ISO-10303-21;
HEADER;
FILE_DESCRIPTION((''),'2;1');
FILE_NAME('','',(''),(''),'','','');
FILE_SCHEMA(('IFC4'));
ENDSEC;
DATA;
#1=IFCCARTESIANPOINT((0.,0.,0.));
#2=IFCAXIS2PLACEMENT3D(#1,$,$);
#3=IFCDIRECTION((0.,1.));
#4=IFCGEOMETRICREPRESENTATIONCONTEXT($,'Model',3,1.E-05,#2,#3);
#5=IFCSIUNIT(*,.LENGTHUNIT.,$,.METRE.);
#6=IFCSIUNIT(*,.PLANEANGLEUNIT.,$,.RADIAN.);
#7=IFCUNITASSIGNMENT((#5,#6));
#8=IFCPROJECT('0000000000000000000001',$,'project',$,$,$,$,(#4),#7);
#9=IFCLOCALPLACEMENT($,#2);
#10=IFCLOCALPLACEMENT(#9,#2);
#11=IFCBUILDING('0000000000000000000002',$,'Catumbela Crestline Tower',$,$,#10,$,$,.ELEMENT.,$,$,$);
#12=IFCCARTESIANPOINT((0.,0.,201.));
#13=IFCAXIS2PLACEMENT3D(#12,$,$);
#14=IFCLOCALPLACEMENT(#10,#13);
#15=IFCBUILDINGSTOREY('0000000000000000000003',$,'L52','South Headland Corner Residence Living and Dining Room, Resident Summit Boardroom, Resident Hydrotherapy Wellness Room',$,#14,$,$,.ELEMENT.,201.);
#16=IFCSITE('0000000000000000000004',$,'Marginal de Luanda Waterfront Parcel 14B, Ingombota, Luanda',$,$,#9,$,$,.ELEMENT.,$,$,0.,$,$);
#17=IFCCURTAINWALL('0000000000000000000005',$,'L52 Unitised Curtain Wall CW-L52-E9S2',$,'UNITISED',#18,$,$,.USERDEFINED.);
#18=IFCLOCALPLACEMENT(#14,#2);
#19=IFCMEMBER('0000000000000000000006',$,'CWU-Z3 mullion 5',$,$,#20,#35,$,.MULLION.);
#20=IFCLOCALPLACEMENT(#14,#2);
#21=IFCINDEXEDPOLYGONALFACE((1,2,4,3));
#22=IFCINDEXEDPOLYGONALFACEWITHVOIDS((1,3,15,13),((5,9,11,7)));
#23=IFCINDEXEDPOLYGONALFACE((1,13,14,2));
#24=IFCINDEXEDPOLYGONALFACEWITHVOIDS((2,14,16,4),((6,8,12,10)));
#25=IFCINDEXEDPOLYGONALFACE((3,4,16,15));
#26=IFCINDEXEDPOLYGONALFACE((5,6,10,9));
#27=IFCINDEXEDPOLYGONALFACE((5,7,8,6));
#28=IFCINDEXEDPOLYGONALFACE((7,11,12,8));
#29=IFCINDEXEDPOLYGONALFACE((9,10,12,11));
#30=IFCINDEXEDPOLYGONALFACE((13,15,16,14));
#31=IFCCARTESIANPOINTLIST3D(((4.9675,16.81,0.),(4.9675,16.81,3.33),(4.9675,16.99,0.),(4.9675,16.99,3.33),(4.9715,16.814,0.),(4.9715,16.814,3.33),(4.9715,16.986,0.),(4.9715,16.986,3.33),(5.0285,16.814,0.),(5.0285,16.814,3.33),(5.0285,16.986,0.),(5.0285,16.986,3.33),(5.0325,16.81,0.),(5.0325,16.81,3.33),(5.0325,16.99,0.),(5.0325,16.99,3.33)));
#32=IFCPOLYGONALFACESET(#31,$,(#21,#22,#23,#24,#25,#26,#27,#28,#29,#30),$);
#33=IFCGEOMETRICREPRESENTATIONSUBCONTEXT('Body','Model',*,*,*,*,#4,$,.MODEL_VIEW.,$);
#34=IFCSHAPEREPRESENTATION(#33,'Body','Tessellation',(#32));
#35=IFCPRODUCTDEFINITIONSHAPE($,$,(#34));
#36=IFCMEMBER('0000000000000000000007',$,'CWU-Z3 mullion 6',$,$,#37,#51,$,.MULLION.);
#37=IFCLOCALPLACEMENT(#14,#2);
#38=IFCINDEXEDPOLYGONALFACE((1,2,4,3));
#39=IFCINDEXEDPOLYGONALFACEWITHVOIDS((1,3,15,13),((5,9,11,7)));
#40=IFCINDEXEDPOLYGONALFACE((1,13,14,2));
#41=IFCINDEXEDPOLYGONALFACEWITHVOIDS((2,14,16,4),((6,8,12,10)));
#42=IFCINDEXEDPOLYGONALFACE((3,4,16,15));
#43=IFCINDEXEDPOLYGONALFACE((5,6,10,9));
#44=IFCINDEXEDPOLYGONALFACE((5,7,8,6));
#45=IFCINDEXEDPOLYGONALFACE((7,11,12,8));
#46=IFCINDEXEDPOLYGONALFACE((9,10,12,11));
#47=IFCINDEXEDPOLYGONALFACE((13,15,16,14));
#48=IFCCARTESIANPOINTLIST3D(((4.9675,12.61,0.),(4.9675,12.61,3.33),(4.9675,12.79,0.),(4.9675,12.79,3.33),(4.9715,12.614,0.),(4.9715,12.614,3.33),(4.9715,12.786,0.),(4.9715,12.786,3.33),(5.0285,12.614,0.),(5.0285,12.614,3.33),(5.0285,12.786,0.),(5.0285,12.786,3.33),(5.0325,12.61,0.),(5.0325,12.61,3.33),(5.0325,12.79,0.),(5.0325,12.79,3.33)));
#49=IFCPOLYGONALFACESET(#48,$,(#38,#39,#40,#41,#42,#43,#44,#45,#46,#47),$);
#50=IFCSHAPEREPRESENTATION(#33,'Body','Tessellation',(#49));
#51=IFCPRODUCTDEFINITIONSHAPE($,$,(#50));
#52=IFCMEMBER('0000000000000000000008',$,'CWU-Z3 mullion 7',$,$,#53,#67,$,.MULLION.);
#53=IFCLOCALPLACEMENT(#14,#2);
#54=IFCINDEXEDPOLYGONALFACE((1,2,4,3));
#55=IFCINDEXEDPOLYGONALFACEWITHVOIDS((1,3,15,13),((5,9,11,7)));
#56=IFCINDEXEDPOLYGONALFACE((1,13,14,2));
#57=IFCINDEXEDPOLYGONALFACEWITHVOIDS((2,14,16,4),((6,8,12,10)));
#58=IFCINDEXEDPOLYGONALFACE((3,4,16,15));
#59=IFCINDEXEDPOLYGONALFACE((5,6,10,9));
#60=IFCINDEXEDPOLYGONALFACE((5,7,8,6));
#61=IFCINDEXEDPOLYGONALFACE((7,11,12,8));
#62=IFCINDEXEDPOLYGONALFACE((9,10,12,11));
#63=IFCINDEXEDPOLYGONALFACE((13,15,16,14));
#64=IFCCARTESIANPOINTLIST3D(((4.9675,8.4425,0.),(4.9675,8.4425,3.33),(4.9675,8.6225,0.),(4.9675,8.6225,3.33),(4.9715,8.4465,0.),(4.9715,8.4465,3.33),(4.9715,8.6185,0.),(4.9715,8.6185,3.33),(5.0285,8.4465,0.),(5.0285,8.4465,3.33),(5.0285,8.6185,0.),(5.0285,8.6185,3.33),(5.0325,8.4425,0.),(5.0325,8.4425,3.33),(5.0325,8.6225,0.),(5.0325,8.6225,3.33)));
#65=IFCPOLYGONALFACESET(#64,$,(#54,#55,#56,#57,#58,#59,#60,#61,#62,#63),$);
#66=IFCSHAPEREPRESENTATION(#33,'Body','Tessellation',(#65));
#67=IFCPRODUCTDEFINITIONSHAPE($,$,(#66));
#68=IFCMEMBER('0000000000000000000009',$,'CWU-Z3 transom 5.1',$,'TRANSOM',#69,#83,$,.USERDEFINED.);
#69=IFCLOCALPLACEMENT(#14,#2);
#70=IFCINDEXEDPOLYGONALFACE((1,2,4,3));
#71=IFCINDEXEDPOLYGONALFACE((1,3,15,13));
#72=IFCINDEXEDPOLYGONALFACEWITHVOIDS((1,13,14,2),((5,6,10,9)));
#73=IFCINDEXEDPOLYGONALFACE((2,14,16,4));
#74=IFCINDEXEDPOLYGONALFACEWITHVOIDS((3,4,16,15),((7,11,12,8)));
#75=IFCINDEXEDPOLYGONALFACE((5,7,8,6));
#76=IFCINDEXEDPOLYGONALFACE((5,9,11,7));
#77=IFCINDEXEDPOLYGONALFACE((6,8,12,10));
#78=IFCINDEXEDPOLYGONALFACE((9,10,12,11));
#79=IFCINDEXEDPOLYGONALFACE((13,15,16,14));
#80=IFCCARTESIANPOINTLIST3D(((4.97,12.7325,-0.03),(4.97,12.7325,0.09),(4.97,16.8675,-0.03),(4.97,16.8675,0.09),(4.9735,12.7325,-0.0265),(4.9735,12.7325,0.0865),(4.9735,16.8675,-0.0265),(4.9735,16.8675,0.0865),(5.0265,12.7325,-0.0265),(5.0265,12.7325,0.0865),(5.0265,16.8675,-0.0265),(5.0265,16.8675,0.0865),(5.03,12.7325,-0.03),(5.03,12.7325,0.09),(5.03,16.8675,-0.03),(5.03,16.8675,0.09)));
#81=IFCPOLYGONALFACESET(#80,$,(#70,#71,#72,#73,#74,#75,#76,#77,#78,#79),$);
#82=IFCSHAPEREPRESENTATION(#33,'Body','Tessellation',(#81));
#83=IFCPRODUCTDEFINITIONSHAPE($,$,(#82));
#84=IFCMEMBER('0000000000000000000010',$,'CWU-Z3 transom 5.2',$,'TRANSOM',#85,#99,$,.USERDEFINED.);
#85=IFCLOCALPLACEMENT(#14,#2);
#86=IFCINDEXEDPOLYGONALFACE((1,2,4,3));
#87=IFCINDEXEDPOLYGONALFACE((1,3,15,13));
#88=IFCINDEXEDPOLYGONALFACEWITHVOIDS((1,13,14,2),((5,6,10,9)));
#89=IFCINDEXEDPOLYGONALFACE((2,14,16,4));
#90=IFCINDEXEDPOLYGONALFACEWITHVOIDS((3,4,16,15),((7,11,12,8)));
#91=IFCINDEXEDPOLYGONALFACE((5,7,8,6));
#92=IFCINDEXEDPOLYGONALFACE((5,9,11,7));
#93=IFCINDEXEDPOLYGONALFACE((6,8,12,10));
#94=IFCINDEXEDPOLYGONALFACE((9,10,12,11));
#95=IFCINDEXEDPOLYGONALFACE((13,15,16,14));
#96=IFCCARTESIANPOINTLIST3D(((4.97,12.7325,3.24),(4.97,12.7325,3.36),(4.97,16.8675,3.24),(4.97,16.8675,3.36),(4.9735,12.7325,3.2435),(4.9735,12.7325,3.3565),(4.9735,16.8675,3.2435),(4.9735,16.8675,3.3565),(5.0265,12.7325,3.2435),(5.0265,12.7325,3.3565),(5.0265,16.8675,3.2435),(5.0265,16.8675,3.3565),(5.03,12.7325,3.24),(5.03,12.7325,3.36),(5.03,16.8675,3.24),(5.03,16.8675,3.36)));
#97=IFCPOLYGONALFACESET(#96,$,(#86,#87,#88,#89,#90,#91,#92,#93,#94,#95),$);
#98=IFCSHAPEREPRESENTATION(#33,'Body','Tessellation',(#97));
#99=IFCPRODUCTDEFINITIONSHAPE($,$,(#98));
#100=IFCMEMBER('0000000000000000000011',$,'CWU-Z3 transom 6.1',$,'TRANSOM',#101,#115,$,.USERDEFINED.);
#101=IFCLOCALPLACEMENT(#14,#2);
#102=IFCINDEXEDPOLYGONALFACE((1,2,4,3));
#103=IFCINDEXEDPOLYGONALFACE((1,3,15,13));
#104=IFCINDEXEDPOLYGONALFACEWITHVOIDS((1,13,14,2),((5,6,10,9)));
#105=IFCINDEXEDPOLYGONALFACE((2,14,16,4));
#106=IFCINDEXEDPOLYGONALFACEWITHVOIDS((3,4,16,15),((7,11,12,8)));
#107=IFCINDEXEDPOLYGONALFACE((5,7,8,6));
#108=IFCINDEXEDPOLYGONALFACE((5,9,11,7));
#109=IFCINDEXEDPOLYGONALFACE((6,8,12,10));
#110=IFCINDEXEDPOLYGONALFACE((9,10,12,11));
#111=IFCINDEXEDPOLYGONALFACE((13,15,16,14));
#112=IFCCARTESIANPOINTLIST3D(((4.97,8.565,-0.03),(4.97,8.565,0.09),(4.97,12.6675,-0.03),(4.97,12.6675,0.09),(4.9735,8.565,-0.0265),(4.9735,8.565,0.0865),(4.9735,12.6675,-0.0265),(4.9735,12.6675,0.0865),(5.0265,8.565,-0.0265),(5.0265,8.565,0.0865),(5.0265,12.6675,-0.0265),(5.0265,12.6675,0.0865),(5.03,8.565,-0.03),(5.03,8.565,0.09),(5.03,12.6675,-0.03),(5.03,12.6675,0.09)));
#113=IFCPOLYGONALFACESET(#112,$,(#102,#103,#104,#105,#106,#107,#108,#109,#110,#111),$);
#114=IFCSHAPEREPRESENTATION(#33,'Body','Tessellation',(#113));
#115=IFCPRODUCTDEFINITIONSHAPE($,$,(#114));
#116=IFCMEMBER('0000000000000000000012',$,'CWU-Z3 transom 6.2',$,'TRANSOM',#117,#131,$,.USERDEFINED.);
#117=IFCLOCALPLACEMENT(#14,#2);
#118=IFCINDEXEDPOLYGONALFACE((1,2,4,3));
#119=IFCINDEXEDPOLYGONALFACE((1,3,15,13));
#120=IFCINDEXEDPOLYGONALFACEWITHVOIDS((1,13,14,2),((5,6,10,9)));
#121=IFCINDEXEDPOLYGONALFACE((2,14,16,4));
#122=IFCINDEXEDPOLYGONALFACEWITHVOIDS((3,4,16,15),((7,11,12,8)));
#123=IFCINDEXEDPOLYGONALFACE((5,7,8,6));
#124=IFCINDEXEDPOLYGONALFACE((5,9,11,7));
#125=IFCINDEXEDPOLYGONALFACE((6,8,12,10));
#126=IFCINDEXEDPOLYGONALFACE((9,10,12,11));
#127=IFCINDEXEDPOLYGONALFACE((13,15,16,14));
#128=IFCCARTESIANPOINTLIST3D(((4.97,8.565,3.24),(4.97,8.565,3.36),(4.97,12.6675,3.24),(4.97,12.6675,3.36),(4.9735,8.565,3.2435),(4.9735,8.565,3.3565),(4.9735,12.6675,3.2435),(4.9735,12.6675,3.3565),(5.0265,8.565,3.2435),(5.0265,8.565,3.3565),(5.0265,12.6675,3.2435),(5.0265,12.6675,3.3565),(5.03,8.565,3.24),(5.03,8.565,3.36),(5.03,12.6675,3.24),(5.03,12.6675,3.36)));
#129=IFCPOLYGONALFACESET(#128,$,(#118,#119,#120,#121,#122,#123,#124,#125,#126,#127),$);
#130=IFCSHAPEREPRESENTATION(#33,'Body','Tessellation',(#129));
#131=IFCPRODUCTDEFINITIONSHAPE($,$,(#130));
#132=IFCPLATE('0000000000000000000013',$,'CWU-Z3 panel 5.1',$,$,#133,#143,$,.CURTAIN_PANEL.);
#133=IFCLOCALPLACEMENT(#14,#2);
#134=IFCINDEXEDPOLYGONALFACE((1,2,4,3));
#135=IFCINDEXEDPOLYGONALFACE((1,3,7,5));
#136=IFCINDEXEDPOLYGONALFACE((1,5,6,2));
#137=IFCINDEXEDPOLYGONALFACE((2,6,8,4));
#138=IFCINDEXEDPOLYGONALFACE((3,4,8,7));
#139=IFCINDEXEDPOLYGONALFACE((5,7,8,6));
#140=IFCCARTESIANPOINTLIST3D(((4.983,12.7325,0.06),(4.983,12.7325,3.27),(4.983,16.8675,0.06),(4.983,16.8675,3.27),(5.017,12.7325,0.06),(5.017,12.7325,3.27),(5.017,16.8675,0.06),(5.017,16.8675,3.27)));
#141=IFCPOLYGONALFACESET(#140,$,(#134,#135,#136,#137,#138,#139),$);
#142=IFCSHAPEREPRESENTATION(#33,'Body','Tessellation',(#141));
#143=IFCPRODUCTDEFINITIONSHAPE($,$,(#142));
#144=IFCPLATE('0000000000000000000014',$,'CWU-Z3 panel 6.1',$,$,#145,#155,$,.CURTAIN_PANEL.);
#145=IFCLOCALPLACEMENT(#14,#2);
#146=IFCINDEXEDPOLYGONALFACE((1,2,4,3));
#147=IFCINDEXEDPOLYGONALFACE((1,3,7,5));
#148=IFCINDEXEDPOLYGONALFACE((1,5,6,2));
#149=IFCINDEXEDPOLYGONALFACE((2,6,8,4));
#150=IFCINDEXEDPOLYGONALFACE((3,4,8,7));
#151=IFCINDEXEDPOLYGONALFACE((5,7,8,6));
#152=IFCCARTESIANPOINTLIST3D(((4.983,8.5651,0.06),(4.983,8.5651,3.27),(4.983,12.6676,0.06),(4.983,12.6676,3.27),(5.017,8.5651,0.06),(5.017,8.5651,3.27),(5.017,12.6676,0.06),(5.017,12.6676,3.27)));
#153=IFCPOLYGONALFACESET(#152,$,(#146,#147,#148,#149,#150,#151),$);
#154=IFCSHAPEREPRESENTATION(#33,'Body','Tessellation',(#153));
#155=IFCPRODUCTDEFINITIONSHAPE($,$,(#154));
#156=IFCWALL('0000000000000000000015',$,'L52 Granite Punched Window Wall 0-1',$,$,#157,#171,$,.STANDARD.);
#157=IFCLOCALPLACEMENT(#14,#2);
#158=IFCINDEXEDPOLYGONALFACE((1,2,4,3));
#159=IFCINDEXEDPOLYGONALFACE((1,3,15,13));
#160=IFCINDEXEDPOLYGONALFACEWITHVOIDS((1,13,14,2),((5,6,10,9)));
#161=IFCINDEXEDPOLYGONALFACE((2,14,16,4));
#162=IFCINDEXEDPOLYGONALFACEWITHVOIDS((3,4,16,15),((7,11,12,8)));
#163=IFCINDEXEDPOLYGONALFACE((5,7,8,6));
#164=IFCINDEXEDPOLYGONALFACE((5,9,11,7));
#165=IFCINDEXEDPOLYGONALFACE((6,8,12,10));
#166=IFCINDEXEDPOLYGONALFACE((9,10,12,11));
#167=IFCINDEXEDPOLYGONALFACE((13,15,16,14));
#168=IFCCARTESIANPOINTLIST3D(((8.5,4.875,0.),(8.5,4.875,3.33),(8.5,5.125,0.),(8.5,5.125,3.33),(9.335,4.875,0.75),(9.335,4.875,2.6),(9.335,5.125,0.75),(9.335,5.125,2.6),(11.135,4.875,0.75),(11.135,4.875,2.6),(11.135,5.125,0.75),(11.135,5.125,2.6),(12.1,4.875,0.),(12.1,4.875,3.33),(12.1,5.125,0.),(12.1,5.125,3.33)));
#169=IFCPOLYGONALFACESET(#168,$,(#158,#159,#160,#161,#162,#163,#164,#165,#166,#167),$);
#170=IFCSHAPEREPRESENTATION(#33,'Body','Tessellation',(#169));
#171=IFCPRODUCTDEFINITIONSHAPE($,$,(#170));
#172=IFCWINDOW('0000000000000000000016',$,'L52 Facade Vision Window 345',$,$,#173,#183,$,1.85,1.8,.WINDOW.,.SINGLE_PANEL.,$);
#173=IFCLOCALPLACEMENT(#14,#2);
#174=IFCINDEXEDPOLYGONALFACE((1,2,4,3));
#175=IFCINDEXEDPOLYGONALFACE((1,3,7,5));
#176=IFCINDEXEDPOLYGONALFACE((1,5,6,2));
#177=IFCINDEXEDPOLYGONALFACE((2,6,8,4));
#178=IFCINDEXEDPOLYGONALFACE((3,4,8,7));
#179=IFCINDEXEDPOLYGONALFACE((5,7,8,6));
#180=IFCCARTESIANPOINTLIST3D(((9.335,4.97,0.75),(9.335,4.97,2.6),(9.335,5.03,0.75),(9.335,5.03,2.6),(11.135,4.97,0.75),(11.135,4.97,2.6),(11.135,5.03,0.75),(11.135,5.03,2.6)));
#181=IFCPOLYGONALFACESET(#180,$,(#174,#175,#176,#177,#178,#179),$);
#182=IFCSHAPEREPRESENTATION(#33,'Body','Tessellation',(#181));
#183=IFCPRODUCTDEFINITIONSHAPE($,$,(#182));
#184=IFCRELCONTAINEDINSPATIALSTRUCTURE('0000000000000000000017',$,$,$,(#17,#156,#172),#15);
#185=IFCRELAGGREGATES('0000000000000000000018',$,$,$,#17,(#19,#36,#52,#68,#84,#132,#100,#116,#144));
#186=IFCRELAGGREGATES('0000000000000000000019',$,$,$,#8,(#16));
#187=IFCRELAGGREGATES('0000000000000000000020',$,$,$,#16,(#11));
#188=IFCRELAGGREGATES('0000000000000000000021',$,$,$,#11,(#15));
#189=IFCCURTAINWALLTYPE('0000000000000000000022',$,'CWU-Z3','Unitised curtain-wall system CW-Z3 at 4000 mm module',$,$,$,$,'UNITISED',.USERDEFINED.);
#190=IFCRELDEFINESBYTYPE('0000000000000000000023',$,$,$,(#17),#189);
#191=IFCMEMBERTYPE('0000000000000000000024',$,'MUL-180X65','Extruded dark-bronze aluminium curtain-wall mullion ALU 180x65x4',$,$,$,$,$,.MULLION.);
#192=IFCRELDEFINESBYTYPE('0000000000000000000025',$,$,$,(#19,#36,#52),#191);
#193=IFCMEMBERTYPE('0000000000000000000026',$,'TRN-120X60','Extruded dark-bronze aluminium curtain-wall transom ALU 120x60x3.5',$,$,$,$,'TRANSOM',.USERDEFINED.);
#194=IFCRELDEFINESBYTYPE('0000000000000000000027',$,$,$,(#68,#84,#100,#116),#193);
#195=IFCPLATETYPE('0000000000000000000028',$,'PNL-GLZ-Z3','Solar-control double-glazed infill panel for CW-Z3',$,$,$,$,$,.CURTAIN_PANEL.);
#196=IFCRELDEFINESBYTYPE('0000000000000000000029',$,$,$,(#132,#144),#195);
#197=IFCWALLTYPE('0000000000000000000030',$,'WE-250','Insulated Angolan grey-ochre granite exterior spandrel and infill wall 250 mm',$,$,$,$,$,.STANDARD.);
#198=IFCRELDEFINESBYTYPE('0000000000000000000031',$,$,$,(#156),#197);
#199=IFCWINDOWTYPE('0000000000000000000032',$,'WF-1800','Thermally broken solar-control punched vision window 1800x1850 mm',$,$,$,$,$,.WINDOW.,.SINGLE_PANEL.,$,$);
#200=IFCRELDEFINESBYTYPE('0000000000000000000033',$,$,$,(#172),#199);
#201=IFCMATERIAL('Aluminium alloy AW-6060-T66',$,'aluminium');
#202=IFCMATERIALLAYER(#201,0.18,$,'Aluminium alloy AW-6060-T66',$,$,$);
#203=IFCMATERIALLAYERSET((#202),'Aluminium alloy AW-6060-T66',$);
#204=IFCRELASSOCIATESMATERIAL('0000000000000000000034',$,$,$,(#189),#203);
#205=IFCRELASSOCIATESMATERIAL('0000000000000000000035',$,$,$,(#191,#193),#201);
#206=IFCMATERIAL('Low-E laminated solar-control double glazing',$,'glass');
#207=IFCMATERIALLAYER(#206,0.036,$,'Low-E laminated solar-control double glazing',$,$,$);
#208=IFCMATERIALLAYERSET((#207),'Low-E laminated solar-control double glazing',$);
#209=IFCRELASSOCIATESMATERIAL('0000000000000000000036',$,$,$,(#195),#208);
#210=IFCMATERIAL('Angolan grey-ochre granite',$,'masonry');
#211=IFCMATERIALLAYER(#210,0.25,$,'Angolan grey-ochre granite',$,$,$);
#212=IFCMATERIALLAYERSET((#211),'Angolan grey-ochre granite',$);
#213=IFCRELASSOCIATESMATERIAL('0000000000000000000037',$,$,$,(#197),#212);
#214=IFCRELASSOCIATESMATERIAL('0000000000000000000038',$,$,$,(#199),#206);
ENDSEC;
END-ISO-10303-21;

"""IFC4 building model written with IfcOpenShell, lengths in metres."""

from ifc_helpers import new_model, si_unit, direction, frame, frame_2d, origin, origin_2d, place, context, subcontext, project, spatial, rectangle, hollow_rectangle, extrude, material, layer, layer_set, material_profile, profile_set, type_object, element, fill, aggregate, save


model = new_model("IFC4")

# Units and contexts
model_context = context("Model", 3, precision=1e-05, world=origin(), true_north=direction((0.0, 1.0)))
body_context = subcontext(model_context, "Body", "Model", "MODEL_VIEW")
ifc_project = project(units=[si_unit("LENGTHUNIT", "METRE"), si_unit("PLANEANGLEUNIT", "RADIAN")], contexts=[model_context])

# Site, building, storey
site_placement = place(None, origin())
site = spatial("IfcSite", under=ifc_project, at=site_placement, Name="Marginal de Luanda Waterfront Parcel 14B, Ingombota, Luanda", CompositionType="ELEMENT", RefElevation=0.0)
building_placement = place(site_placement, origin())
building = spatial("IfcBuilding", under=site, at=building_placement, Name="Catumbela Crestline Tower", CompositionType="ELEMENT")
storey_placement = place(building_placement, frame((0.0, 0.0, 201.0)))
storey = spatial("IfcBuildingStorey", under=building, at=storey_placement, Name="L52", Description="South Headland Corner Residence Living and Dining Room, Resident Summit Boardroom, Resident Hydrotherapy Wellness Room", CompositionType="ELEMENT", Elevation=201.0)

# Curtain wall, members, plates
ifc_material_1 = material(Name="Aluminium alloy AW-6060-T66", Category="aluminium")
ifc_layer_1 = layer(ifc_material_1, 0.18, Name="Aluminium alloy AW-6060-T66")
ifc_layer_set_1 = layer_set([ifc_layer_1], Name="Aluminium alloy AW-6060-T66")
curtain_wall_type = type_object("IfcCurtainWallType", Name="CWU-Z3", Description="Unitised curtain-wall system CW-Z3 at 4000 mm module", ElementType="UNITISED", PredefinedType="USERDEFINED", material=ifc_layer_set_1)
curtain_wall_placement = place(storey_placement, origin())
curtain_wall = element("IfcCurtainWall", 1, at=curtain_wall_placement, inside=storey, type_object=curtain_wall_type, Name="L52 Unitised Curtain Wall CW-L52-E9S2", ObjectType="UNITISED", PredefinedType="USERDEFINED")
ifc_material_profile_1 = material_profile(ifc_material_1, hollow_rectangle(XDim=0.065, YDim=0.18, WallThickness=0.004, at=origin_2d()), Name="ALU 180x65x4")
ifc_profile_set_1 = profile_set([ifc_material_profile_1], Name="Aluminium alloy AW-6060-T66")
member_type_1 = type_object("IfcMemberType", Name="MUL-180X65", Description="Extruded dark-bronze aluminium curtain-wall mullion ALU 180x65x4", PredefinedType="MULLION", material=ifc_profile_set_1)
member_1_placement = place(storey_placement, frame((5.0, 16.9, 0.0), z_axis=(0.0, 0.0, 1.0), x_axis=(1.0, 0.0, 0.0)))
member_1 = element("IfcMember", 2, at=member_1_placement, type_object=member_type_1, Name="CWU-Z3 mullion 5", PredefinedType="MULLION", context=body_context, shape_type="SweptSolid", body=[
    extrude(hollow_rectangle(XDim=0.065, YDim=0.18, WallThickness=0.004, at=origin_2d()), origin(), (0.0, 0.0, 1.0), 3.33),
])
member_2_placement = place(storey_placement, frame((5.0, 12.7, 0.0), z_axis=(0.0, 0.0, 1.0), x_axis=(1.0, 0.0, 0.0)))
member_2 = element("IfcMember", 3, at=member_2_placement, type_object=member_type_1, Name="CWU-Z3 mullion 6", PredefinedType="MULLION", context=body_context, shape_type="SweptSolid", body=[
    extrude(hollow_rectangle(XDim=0.065, YDim=0.18, WallThickness=0.004, at=origin_2d()), origin(), (0.0, 0.0, 1.0), 3.33),
])
member_3_placement = place(storey_placement, frame((5.0, 8.5325, 0.0), z_axis=(0.0, 0.0, 1.0), x_axis=(1.0, 0.0, 0.0)))
member_3 = element("IfcMember", 4, at=member_3_placement, type_object=member_type_1, Name="CWU-Z3 mullion 7", PredefinedType="MULLION", context=body_context, shape_type="SweptSolid", body=[
    extrude(hollow_rectangle(XDim=0.065, YDim=0.18, WallThickness=0.004, at=origin_2d()), origin(), (0.0, 0.0, 1.0), 3.33),
])
ifc_material_profile_2 = material_profile(ifc_material_1, hollow_rectangle(XDim=0.06, YDim=0.12, WallThickness=0.0035, at=origin_2d()), Name="ALU 120x60x3.5")
ifc_profile_set_2 = profile_set([ifc_material_profile_2], Name="Aluminium alloy AW-6060-T66")
member_type_2 = type_object("IfcMemberType", Name="TRN-120X60", Description="Extruded dark-bronze aluminium curtain-wall transom ALU 120x60x3.5", ElementType="TRANSOM", PredefinedType="USERDEFINED", material=ifc_profile_set_2)
member_4_placement = place(storey_placement, frame((5.0, 16.8675, 0.03), z_axis=(0.0, -1.0, 0.0), x_axis=(1.0, 0.0, 0.0)))
member_4 = element("IfcMember", 5, at=member_4_placement, type_object=member_type_2, Name="CWU-Z3 transom 5.1", ObjectType="TRANSOM", PredefinedType="USERDEFINED", context=body_context, shape_type="SweptSolid", body=[
    extrude(hollow_rectangle(XDim=0.06, YDim=0.12, WallThickness=0.0035, at=origin_2d()), origin(), (0.0, 0.0, 1.0), 4.135),
])
member_5_placement = place(storey_placement, frame((5.0, 16.8675, 3.3), z_axis=(0.0, -1.0, 0.0), x_axis=(1.0, 0.0, 0.0)))
member_5 = element("IfcMember", 6, at=member_5_placement, type_object=member_type_2, Name="CWU-Z3 transom 5.2", ObjectType="TRANSOM", PredefinedType="USERDEFINED", context=body_context, shape_type="SweptSolid", body=[
    extrude(hollow_rectangle(XDim=0.06, YDim=0.12, WallThickness=0.0035, at=origin_2d()), origin(), (0.0, 0.0, 1.0), 4.135),
])
member_6_placement = place(storey_placement, frame((5.0, 12.6675, 0.03), z_axis=(0.0, -1.0, 0.0), x_axis=(1.0, 0.0, 0.0)))
member_6 = element("IfcMember", 7, at=member_6_placement, type_object=member_type_2, Name="CWU-Z3 transom 6.1", ObjectType="TRANSOM", PredefinedType="USERDEFINED", context=body_context, shape_type="SweptSolid", body=[
    extrude(hollow_rectangle(XDim=0.06, YDim=0.12, WallThickness=0.0035, at=origin_2d()), origin(), (0.0, 0.0, 1.0), 4.1025),
])
member_7_placement = place(storey_placement, frame((5.0, 12.6675, 3.3), z_axis=(0.0, -1.0, 0.0), x_axis=(1.0, 0.0, 0.0)))
member_7 = element("IfcMember", 8, at=member_7_placement, type_object=member_type_2, Name="CWU-Z3 transom 6.2", ObjectType="TRANSOM", PredefinedType="USERDEFINED", context=body_context, shape_type="SweptSolid", body=[
    extrude(hollow_rectangle(XDim=0.06, YDim=0.12, WallThickness=0.0035, at=origin_2d()), origin(), (0.0, 0.0, 1.0), 4.1025),
])
ifc_material_2 = material(Name="Low-E laminated solar-control double glazing", Category="glass")
ifc_layer_2 = layer(ifc_material_2, 0.036, Name="Low-E laminated solar-control double glazing")
ifc_layer_set_2 = layer_set([ifc_layer_2], Name="Low-E laminated solar-control double glazing")
plate_type = type_object("IfcPlateType", Name="PNL-GLZ-Z3", Description="Solar-control double-glazed infill panel for CW-Z3", PredefinedType="CURTAIN_PANEL", material=ifc_layer_set_2)
plate_1_placement = place(storey_placement, frame((5.0, 14.8, 0.06), z_axis=(0.0, 0.0, 1.0), x_axis=(0.0, -1.0, 0.0)))
plate_1 = element("IfcPlate", 9, at=plate_1_placement, type_object=plate_type, Name="CWU-Z3 panel 5.1", PredefinedType="CURTAIN_PANEL", context=body_context, shape_type="SweptSolid", body=[
    extrude(rectangle(XDim=4.135, YDim=0.034, at=origin_2d()), origin(), (0.0, 0.0, 1.0), 3.21),
])
plate_2_placement = place(storey_placement, frame((5.0, 10.6163, 0.06), z_axis=(0.0, 0.0, 1.0), x_axis=(0.0, -1.0, 0.0)))
plate_2 = element("IfcPlate", 10, at=plate_2_placement, type_object=plate_type, Name="CWU-Z3 panel 6.1", PredefinedType="CURTAIN_PANEL", context=body_context, shape_type="SweptSolid", body=[
    extrude(rectangle(XDim=4.1025, YDim=0.034, at=origin_2d()), origin(), (0.0, 0.0, 1.0), 3.21),
])
aggregate(curtain_wall, [member_1, member_2, member_3, member_4, member_5, plate_1, member_6, member_7, plate_2])

# Wall, opening, window
ifc_material_3 = material(Name="Angolan grey-ochre granite", Category="masonry")
ifc_layer_3 = layer(ifc_material_3, 0.25, Name="Angolan grey-ochre granite")
ifc_layer_set_3 = layer_set([ifc_layer_3], Name="Angolan grey-ochre granite")
wall_type_1 = type_object("IfcWallType", Name="WE-250", Description="Insulated Angolan grey-ochre granite exterior spandrel and infill wall 250 mm", PredefinedType="STANDARD", material=ifc_layer_set_3)
wall_1_placement = place(storey_placement, frame((8.5, 5.0, 0.0), z_axis=(0.0, 0.0, 1.0), x_axis=(1.0, 0.0, 0.0)))
wall_1 = element("IfcWall", 11, at=wall_1_placement, inside=storey, type_object=wall_type_1, Name="L52 Granite Punched Window Wall 0-1", PredefinedType="STANDARD", context=body_context, shape_type="SweptSolid", body=[
    extrude(rectangle(XDim=3.6, YDim=0.25, at=frame_2d((1.8, 0.0))), origin(), (0.0, 0.0, 1.0), 3.33),
])
opening_1_placement = place(wall_1_placement, frame((0.835, 0.0, 0.75)))
opening_1 = element("IfcOpeningElement", 12, at=opening_1_placement, cuts=wall_1, PredefinedType="OPENING", context=body_context, shape_type="SweptSolid", body=[
    extrude(rectangle(XDim=1.8, YDim=1.85, at=frame_2d((0.9, 0.925))), frame((0.0, 0.135, 0.0), z_axis=(0.0, -1.0, 0.0), x_axis=(1.0, 0.0, 0.0)), (0.0, 0.0, 1.0), 0.27),
])
window_type_1 = type_object("IfcWindowType", Name="WF-1800", Description="Thermally broken solar-control punched vision window 1800x1850 mm", PartitioningType="SINGLE_PANEL", PredefinedType="WINDOW", material=ifc_material_2)
window_1_placement = place(opening_1_placement, origin())
window_1 = element("IfcWindow", 13, at=window_1_placement, inside=storey, type_object=window_type_1, Name="L52 Facade Vision Window 345", OverallHeight=1.85, OverallWidth=1.8, PartitioningType="SINGLE_PANEL", PredefinedType="WINDOW", context=body_context, shape_type="SweptSolid", body=[
    extrude(rectangle(XDim=1.8, YDim=1.85, at=frame_2d((0.9, 0.925))), frame((0.0, 0.03, 0.0), z_axis=(0.0, -1.0, 0.0), x_axis=(1.0, 0.0, 0.0)), (0.0, 0.0, 1.0), 0.06),
])
fill(opening_1, window_1)

save(model, "model.ifc")
